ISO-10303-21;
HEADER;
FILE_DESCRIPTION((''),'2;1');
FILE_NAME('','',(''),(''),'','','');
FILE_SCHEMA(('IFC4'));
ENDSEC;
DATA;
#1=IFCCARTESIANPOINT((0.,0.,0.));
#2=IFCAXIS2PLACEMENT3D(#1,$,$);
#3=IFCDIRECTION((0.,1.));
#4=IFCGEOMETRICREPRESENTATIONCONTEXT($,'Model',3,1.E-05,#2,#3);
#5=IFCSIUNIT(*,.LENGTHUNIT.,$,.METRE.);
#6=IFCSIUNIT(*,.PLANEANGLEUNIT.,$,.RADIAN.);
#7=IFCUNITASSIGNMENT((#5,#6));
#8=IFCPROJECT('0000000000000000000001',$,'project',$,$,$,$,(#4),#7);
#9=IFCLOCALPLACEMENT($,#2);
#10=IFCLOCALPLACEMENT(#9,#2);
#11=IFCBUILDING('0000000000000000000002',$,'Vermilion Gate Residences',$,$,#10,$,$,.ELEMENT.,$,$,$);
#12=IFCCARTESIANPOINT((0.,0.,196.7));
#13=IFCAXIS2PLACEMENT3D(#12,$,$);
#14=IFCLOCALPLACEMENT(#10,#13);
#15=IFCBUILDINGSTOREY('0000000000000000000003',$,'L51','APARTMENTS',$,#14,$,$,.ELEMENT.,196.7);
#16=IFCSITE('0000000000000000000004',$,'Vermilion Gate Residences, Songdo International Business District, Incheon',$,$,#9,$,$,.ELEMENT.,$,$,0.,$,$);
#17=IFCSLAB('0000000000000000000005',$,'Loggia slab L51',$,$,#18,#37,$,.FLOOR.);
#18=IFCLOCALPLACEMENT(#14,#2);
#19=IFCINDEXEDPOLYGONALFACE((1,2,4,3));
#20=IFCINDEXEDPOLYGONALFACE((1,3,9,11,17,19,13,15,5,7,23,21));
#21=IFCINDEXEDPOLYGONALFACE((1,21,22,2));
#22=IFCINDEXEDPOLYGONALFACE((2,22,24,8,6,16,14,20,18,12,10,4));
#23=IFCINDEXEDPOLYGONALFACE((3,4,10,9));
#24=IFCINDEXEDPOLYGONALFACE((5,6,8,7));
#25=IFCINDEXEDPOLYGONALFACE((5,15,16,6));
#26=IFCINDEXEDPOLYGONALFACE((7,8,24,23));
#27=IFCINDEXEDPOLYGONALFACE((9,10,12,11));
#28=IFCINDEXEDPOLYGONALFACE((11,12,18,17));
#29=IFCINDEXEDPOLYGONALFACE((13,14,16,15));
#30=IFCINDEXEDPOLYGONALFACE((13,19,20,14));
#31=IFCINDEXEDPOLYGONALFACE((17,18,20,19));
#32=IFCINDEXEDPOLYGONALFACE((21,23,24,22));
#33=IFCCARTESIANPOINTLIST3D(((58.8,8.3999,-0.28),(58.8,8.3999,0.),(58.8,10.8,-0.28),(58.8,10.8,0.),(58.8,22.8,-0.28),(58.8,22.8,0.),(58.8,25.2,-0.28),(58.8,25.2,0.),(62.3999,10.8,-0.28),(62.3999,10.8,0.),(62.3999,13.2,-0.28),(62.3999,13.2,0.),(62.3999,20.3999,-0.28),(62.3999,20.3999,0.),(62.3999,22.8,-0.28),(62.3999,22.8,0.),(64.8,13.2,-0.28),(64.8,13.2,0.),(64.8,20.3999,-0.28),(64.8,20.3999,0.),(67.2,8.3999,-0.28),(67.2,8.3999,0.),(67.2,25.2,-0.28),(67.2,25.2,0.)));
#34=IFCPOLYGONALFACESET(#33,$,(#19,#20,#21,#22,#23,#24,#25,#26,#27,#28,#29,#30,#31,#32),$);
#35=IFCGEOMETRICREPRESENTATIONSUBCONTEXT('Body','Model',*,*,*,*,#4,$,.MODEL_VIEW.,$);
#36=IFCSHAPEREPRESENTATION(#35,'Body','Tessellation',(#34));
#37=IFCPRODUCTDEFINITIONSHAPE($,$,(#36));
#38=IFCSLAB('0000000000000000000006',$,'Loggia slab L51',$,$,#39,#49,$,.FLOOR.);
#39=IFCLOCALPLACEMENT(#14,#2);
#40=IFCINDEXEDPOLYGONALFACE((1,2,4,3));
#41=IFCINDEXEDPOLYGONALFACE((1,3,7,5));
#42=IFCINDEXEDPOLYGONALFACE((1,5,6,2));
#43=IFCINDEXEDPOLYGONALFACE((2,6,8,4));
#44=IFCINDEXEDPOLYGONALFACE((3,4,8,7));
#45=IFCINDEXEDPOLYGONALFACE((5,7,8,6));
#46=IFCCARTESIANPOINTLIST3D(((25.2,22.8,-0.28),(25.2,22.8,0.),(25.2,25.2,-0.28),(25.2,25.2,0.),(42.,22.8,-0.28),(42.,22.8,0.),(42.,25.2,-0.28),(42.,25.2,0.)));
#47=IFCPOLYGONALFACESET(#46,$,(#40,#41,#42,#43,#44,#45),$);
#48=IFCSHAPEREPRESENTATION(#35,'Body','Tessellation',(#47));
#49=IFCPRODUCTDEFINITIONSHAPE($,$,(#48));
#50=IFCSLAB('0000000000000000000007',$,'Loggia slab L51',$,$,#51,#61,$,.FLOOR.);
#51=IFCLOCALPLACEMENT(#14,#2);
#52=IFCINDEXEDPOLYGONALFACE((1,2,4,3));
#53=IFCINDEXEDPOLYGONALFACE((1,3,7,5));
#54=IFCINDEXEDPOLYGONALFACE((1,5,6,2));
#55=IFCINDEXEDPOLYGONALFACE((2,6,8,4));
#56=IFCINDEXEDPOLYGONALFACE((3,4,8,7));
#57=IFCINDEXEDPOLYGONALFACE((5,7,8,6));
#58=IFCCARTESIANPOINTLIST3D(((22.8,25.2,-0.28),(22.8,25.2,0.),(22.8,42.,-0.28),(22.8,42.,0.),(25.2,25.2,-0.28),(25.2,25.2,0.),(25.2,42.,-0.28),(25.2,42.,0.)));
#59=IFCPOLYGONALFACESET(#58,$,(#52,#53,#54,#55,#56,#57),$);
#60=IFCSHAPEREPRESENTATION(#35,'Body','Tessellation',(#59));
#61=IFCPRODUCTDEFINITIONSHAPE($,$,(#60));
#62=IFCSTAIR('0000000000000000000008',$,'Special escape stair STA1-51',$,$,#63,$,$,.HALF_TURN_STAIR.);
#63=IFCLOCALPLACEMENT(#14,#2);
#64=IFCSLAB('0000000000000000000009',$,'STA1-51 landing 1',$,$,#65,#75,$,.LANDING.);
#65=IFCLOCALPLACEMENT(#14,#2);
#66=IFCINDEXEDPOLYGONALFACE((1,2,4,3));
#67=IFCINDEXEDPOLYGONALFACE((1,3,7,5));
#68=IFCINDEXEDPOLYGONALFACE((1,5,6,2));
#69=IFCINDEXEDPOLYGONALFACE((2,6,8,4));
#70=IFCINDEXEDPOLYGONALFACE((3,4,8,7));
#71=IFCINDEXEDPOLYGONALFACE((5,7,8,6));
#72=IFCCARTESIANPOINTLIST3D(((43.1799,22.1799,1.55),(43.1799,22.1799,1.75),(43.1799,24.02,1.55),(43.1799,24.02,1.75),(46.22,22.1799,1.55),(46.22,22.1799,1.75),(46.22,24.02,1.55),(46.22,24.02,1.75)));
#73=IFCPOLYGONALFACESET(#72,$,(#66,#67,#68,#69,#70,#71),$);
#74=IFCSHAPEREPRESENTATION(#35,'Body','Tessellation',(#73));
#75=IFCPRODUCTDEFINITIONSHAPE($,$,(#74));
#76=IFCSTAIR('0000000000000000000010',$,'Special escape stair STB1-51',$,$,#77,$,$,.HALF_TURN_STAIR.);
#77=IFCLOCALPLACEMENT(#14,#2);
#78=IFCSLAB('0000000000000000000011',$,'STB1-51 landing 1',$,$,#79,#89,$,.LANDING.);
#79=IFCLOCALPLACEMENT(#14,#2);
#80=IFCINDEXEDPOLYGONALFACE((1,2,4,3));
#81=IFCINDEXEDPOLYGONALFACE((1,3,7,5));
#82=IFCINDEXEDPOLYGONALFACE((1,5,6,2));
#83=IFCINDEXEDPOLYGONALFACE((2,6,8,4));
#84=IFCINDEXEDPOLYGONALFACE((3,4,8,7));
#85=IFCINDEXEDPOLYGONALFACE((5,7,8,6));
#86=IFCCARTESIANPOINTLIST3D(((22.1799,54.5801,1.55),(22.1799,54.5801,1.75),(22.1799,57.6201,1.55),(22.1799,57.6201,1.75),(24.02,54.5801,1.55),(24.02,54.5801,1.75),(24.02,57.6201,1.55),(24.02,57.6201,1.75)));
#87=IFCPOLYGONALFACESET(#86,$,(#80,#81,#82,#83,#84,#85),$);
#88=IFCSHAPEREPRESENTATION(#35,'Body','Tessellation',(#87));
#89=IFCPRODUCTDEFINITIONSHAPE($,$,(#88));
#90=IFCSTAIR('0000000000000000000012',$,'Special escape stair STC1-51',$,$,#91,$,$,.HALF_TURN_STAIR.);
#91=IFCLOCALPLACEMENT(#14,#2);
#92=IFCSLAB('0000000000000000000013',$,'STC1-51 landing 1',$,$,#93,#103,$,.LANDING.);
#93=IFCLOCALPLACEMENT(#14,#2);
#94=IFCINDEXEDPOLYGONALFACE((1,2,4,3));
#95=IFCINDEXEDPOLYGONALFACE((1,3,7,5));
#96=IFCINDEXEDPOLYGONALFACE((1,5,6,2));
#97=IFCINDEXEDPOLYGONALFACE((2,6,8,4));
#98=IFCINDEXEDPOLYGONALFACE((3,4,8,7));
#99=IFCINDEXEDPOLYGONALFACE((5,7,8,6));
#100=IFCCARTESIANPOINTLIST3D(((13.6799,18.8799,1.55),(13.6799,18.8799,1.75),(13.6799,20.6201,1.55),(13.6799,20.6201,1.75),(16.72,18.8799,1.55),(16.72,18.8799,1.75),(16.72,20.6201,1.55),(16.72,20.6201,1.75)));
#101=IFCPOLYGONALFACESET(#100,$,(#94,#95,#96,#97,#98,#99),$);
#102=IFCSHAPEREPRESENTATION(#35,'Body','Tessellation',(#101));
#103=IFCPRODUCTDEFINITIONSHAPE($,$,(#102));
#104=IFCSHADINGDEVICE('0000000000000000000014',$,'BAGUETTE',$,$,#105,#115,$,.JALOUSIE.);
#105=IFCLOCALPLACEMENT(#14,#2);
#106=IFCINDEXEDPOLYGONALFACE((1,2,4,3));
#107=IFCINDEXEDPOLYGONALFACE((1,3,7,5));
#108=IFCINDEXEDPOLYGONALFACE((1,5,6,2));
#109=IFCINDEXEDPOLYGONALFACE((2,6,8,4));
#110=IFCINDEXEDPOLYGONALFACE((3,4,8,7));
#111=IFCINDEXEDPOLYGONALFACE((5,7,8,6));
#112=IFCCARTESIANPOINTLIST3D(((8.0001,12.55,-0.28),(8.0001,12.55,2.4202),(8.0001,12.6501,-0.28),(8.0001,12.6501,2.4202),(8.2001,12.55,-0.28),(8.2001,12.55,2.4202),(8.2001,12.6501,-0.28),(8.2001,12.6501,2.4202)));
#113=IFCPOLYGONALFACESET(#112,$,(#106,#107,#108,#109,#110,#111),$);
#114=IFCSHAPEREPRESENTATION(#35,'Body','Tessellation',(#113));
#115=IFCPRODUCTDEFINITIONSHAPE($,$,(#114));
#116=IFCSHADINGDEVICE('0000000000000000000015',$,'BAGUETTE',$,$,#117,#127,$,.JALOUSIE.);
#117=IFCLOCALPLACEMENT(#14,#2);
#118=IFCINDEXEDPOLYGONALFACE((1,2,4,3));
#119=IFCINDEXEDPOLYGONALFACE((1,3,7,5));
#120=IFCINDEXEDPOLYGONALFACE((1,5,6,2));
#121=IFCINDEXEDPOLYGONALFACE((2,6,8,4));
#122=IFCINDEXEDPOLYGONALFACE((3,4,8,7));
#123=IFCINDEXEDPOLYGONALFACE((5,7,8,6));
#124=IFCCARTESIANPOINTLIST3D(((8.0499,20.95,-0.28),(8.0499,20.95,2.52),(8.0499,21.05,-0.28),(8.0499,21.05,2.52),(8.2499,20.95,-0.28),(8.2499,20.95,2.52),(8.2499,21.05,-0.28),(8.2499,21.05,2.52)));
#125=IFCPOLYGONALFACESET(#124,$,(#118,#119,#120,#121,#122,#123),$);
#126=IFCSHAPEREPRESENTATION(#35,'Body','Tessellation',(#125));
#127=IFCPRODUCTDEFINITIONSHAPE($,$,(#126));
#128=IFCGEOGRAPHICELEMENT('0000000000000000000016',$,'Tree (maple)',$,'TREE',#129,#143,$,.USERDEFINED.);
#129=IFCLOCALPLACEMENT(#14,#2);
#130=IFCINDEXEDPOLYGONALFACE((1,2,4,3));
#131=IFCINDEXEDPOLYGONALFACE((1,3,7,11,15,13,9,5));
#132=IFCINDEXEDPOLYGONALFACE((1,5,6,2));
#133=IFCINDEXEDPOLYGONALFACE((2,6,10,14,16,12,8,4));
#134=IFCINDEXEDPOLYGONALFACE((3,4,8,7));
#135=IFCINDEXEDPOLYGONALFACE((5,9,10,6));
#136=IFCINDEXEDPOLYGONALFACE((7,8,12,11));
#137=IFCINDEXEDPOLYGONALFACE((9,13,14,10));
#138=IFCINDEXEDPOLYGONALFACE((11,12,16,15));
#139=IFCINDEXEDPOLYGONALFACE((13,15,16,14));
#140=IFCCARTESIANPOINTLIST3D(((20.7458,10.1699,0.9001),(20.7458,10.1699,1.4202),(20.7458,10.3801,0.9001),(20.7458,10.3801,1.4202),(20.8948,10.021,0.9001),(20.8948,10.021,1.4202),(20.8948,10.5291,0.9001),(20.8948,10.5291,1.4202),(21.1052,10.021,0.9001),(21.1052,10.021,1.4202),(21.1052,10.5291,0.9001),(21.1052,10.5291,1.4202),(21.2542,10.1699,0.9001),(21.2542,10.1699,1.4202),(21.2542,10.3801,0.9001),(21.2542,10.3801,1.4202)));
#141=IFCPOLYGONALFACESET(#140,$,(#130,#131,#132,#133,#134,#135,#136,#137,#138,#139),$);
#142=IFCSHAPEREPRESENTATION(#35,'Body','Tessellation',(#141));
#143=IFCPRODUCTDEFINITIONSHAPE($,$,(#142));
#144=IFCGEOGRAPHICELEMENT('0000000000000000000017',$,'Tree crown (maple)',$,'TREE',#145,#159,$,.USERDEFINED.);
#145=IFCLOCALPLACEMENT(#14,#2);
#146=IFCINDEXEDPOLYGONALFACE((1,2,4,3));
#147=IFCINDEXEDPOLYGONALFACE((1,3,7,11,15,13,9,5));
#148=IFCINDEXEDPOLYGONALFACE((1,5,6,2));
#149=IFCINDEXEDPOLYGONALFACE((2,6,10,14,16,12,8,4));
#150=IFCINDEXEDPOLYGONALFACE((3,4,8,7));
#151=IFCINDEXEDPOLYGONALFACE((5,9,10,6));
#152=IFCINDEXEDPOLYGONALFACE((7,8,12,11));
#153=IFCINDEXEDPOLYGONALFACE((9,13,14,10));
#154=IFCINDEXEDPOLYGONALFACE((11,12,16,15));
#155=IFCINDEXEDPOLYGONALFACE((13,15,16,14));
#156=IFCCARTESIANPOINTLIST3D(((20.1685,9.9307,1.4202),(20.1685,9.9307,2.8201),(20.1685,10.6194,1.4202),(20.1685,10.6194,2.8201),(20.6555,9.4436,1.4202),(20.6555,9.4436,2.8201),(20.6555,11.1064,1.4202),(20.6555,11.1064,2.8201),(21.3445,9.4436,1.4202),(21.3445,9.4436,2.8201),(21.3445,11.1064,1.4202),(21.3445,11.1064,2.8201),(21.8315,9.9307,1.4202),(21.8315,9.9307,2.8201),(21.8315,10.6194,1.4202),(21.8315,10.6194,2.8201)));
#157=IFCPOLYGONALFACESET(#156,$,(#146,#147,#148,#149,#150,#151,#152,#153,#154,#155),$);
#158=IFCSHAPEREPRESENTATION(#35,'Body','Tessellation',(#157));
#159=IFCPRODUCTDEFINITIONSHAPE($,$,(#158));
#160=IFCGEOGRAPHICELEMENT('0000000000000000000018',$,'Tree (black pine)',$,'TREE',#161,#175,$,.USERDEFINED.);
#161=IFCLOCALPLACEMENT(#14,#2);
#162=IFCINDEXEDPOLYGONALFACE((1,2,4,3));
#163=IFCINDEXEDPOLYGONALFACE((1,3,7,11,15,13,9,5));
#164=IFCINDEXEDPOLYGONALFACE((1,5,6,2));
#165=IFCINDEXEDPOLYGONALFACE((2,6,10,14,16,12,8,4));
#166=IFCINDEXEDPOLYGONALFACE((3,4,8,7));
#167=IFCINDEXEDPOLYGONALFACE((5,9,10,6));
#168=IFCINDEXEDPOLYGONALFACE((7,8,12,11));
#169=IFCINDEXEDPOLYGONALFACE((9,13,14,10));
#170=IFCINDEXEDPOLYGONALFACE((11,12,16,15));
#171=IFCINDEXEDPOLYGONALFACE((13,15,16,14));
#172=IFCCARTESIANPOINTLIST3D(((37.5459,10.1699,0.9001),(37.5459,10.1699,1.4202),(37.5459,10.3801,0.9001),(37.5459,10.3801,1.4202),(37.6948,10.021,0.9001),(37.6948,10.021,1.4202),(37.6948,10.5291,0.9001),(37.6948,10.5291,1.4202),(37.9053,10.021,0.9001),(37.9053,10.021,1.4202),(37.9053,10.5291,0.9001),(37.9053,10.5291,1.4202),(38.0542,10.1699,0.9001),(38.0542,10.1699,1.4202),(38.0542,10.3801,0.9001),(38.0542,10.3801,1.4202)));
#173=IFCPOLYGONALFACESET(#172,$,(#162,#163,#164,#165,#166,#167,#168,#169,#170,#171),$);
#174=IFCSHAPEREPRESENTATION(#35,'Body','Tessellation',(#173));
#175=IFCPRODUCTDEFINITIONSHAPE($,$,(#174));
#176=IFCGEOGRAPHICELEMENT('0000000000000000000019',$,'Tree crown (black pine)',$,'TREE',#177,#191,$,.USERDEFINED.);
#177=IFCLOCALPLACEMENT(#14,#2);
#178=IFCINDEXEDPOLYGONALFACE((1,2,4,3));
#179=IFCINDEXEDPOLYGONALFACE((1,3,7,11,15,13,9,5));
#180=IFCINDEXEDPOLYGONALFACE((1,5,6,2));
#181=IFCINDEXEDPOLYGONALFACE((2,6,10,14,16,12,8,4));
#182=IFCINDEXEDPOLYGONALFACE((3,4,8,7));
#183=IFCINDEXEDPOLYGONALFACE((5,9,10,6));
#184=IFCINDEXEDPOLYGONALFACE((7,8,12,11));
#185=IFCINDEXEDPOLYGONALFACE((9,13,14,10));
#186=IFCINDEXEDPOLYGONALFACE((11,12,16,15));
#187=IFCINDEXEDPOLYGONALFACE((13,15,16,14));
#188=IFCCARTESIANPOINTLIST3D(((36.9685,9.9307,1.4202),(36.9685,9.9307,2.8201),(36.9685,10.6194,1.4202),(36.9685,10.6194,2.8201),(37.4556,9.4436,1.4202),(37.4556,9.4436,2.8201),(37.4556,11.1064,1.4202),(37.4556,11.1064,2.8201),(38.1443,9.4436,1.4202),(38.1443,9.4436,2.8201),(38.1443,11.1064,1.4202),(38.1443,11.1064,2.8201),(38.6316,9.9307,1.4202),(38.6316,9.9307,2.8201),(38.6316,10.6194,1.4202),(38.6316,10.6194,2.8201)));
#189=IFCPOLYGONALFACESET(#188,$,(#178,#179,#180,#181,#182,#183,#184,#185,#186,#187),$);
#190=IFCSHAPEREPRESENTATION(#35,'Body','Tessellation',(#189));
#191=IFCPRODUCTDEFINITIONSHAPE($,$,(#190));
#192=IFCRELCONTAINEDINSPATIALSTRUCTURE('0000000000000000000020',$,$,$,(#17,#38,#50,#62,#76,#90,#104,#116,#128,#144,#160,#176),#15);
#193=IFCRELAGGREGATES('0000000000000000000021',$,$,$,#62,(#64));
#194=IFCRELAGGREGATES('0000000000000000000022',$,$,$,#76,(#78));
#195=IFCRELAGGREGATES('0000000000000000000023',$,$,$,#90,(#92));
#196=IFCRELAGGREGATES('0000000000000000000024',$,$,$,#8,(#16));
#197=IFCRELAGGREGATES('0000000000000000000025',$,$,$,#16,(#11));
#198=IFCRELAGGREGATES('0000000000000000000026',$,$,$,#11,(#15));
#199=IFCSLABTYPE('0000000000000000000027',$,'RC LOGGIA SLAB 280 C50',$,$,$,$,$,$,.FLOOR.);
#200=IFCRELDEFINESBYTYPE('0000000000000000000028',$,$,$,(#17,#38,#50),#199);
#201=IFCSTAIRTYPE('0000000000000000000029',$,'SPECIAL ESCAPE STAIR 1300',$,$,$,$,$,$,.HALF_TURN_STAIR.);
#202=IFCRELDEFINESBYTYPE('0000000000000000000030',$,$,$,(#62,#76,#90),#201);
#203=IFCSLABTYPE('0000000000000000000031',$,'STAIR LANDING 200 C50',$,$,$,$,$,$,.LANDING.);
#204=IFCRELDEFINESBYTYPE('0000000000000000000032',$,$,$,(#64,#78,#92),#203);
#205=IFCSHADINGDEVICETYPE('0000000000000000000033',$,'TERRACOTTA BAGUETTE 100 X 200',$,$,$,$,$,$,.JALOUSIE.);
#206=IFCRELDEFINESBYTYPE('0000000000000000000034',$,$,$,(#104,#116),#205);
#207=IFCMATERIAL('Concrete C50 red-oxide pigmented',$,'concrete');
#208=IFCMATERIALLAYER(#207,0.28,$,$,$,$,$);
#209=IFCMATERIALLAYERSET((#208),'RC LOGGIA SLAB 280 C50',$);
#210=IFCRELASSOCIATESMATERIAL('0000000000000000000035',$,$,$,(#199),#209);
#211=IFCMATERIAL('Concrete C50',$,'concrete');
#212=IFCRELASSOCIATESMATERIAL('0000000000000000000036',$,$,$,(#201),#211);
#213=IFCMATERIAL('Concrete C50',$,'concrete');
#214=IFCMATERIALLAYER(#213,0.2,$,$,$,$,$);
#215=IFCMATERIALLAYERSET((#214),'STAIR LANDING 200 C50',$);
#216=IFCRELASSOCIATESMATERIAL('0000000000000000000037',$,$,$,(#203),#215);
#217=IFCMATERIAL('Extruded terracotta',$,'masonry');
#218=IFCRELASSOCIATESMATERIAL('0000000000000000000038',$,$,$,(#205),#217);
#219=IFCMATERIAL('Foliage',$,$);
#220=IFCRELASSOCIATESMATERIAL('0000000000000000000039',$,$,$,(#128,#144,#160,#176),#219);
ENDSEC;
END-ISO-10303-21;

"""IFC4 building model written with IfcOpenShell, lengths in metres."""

from ifc_helpers import new_model, si_unit, direction, frame, origin, origin_2d, place, context, subcontext, project, spatial, polyline, rectangle, outline, extrude, material, layer, layer_set, material_profile, profile_set, type_object, element, aggregate, save


model = new_model("IFC4")

# Units and contexts
model_context = context("Model", 3, precision=1e-05, world=origin(), true_north=direction((0.0, 1.0)))
body_context = subcontext(model_context, "Body", "Model", "MODEL_VIEW")
ifc_project = project(units=[si_unit("LENGTHUNIT", "METRE"), si_unit("PLANEANGLEUNIT", "RADIAN")], contexts=[model_context])

# Site, building, storey
site_placement = place(None, origin())
site = spatial("IfcSite", under=ifc_project, at=site_placement, Name="Vermilion Gate Residences, Songdo International Business District, Incheon", CompositionType="ELEMENT", RefElevation=0.0)
building_placement = place(site_placement, origin())
building = spatial("IfcBuilding", under=site, at=building_placement, Name="Vermilion Gate Residences", CompositionType="ELEMENT")
storey_placement = place(building_placement, frame((0.0, 0.0, 196.7)))
storey = spatial("IfcBuildingStorey", under=building, at=storey_placement, Name="L51", Description="APARTMENTS", CompositionType="ELEMENT", Elevation=196.7)

# Slabs
ifc_material_1 = material(Name="Concrete C50 red-oxide pigmented", Category="concrete")
ifc_layer_1 = layer(ifc_material_1, 0.28)
ifc_layer_set_1 = layer_set([ifc_layer_1], Name="RC LOGGIA SLAB 280 C50")
slab_type_1 = type_object("IfcSlabType", Name="RC LOGGIA SLAB 280 C50", PredefinedType="FLOOR", material=ifc_layer_set_1)
slab_1_placement = place(storey_placement, frame((0.0, 0.0, -0.28)))
element("IfcSlab", 1, at=slab_1_placement, inside=storey, type_object=slab_type_1, Name="Loggia slab L51", PredefinedType="FLOOR", context=body_context, shape_type="SweptSolid", body=[
    extrude(outline(polyline([(64.8, 13.2), (62.3999, 13.2), (62.3999, 10.8), (58.8, 10.8), (58.8, 8.3999), (67.2, 8.3999), (67.2, 25.2), (58.8, 25.2), (58.8, 22.8), (62.3999, 22.8), (62.3999, 20.3999), (64.8, 20.3999), (64.8, 13.2)])), origin(), (0.0, 0.0, 1.0), 0.28),
])
slab_2_placement = place(storey_placement, frame((0.0, 0.0, -0.28)))
element("IfcSlab", 2, at=slab_2_placement, inside=storey, type_object=slab_type_1, Name="Loggia slab L51", PredefinedType="FLOOR", context=body_context, shape_type="SweptSolid", body=[
    extrude(outline(polyline([(42.0, 25.2), (25.2, 25.2), (25.2, 22.8), (42.0, 22.8), (42.0, 25.2)])), origin(), (0.0, 0.0, 1.0), 0.28),
])
slab_3_placement = place(storey_placement, frame((0.0, 0.0, -0.28)))
element("IfcSlab", 3, at=slab_3_placement, inside=storey, type_object=slab_type_1, Name="Loggia slab L51", PredefinedType="FLOOR", context=body_context, shape_type="SweptSolid", body=[
    extrude(outline(polyline([(22.8, 42.0), (22.8, 25.2), (25.2, 25.2), (25.2, 42.0), (22.8, 42.0)])), origin(), (0.0, 0.0, 1.0), 0.28),
])

# Stairs, slabs
ifc_material_2 = material(Name="Concrete C50", Category="concrete")
stair_type = type_object("IfcStairType", Name="SPECIAL ESCAPE STAIR 1300", PredefinedType="HALF_TURN_STAIR", material=ifc_material_2)
stair_1_placement = place(storey_placement, origin())
stair_1 = element("IfcStair", 4, at=stair_1_placement, inside=storey, type_object=stair_type, Name="Special escape stair STA1-51", PredefinedType="HALF_TURN_STAIR")
ifc_material_3 = material(Name="Concrete C50", Category="concrete")
ifc_layer_2 = layer(ifc_material_3, 0.2)
ifc_layer_set_2 = layer_set([ifc_layer_2], Name="STAIR LANDING 200 C50")
slab_type_2 = type_object("IfcSlabType", Name="STAIR LANDING 200 C50", PredefinedType="LANDING", material=ifc_layer_set_2)
slab_4_placement = place(storey_placement, frame((0.0, 0.0, 1.55)))
slab_4 = element("IfcSlab", 5, at=slab_4_placement, type_object=slab_type_2, Name="STA1-51 landing 1", PredefinedType="LANDING", context=body_context, shape_type="SweptSolid", body=[
    extrude(outline(polyline([(46.22, 22.1799), (46.22, 24.02), (43.1799, 24.02), (43.1799, 22.1799), (46.22, 22.1799)])), origin(), (0.0, 0.0, 1.0), 0.2),
])
aggregate(stair_1, [slab_4])
stair_2_placement = place(storey_placement, origin())
stair_2 = element("IfcStair", 6, at=stair_2_placement, inside=storey, type_object=stair_type, Name="Special escape stair STB1-51", PredefinedType="HALF_TURN_STAIR")
slab_5_placement = place(storey_placement, frame((0.0, 0.0, 1.55)))
slab_5 = element("IfcSlab", 7, at=slab_5_placement, type_object=slab_type_2, Name="STB1-51 landing 1", PredefinedType="LANDING", context=body_context, shape_type="SweptSolid", body=[
    extrude(outline(polyline([(24.02, 54.5801), (24.02, 57.6201), (22.1799, 57.6201), (22.1799, 54.5801), (24.02, 54.5801)])), origin(), (0.0, 0.0, 1.0), 0.2),
])
aggregate(stair_2, [slab_5])
stair_3_placement = place(storey_placement, origin())
stair_3 = element("IfcStair", 8, at=stair_3_placement, inside=storey, type_object=stair_type, Name="Special escape stair STC1-51", PredefinedType="HALF_TURN_STAIR")
slab_6_placement = place(storey_placement, frame((0.0, 0.0, 1.55)))
slab_6 = element("IfcSlab", 9, at=slab_6_placement, type_object=slab_type_2, Name="STC1-51 landing 1", PredefinedType="LANDING", context=body_context, shape_type="SweptSolid", body=[
    extrude(outline(polyline([(16.72, 18.8799), (16.72, 20.6201), (13.6799, 20.6201), (13.6799, 18.8799), (16.72, 18.8799)])), origin(), (0.0, 0.0, 1.0), 0.2),
])
aggregate(stair_3, [slab_6])

# Shading devices
ifc_material_4 = material(Name="Extruded terracotta", Category="masonry")
ifc_material_profile_1 = material_profile(ifc_material_4, rectangle(XDim=0.2, YDim=0.1001, at=origin_2d()), Name="BAGUETTE 100 X 200")
ifc_profile_set_1 = profile_set([ifc_material_profile_1], Name="Extruded terracotta")
shading_device_type = type_object("IfcShadingDeviceType", Name="TERRACOTTA BAGUETTE 100 X 200", PredefinedType="JALOUSIE", material=ifc_profile_set_1)
shading_device_1_placement = place(storey_placement, frame((8.1001, 12.6001, -0.28), z_axis=(0.0, 0.0, 1.0), x_axis=(1.0, 0.0, 0.0)))
element("IfcShadingDevice", 10, at=shading_device_1_placement, inside=storey, type_object=shading_device_type, Name="BAGUETTE", PredefinedType="JALOUSIE", context=body_context, shape_type="SweptSolid", body=[
    extrude(rectangle(XDim=0.2, YDim=0.1001, at=origin_2d()), origin(), (0.0, 0.0, 1.0), 2.7002),
])
shading_device_2_placement = place(storey_placement, frame((8.1499, 21.0, -0.28), z_axis=(0.0, 0.0, 1.0), x_axis=(1.0, 0.0, 0.0)))
element("IfcShadingDevice", 11, at=shading_device_2_placement, inside=storey, type_object=shading_device_type, Name="BAGUETTE", PredefinedType="JALOUSIE", context=body_context, shape_type="SweptSolid", body=[
    extrude(rectangle(XDim=0.2, YDim=0.1001, at=origin_2d()), origin(), (0.0, 0.0, 1.0), 2.8),
])

# Geographic elements
ifc_material_5 = material(Name="Foliage")
geographic_element_1_placement = place(storey_placement, frame((0.0, 0.0, 0.9001)))
element("IfcGeographicElement", 12, at=geographic_element_1_placement, inside=storey, material=ifc_material_5, Name="Tree (maple)", ObjectType="TREE", PredefinedType="USERDEFINED", context=body_context, shape_type="SweptSolid", body=[
    extrude(outline(polyline([(21.2542, 10.3801), (21.1052, 10.5291), (20.8948, 10.5291), (20.7458, 10.3801), (20.7458, 10.1699), (20.8948, 10.021), (21.1052, 10.021), (21.2542, 10.1699), (21.2542, 10.3801)])), origin(), (0.0, 0.0, 1.0), 0.52),
])
geographic_element_2_placement = place(storey_placement, frame((0.0, 0.0, 1.4202)))
element("IfcGeographicElement", 13, at=geographic_element_2_placement, inside=storey, material=ifc_material_5, Name="Tree crown (maple)", ObjectType="TREE", PredefinedType="USERDEFINED", context=body_context, shape_type="SweptSolid", body=[
    extrude(outline(polyline([(21.8315, 10.6194), (21.3445, 11.1064), (20.6555, 11.1064), (20.1685, 10.6194), (20.1685, 9.9307), (20.6555, 9.4436), (21.3445, 9.4436), (21.8315, 9.9307), (21.8315, 10.6194)])), origin(), (0.0, 0.0, 1.0), 1.3999),
])
geographic_element_3_placement = place(storey_placement, frame((0.0, 0.0, 0.9001)))
element("IfcGeographicElement", 14, at=geographic_element_3_placement, inside=storey, material=ifc_material_5, Name="Tree (black pine)", ObjectType="TREE", PredefinedType="USERDEFINED", context=body_context, shape_type="SweptSolid", body=[
    extrude(outline(polyline([(38.0542, 10.3801), (37.9053, 10.5291), (37.6948, 10.5291), (37.5459, 10.3801), (37.5459, 10.1699), (37.6948, 10.021), (37.9053, 10.021), (38.0542, 10.1699), (38.0542, 10.3801)])), origin(), (0.0, 0.0, 1.0), 0.52),
])
geographic_element_4_placement = place(storey_placement, frame((0.0, 0.0, 1.4202)))
element("IfcGeographicElement", 15, at=geographic_element_4_placement, inside=storey, material=ifc_material_5, Name="Tree crown (black pine)", ObjectType="TREE", PredefinedType="USERDEFINED", context=body_context, shape_type="SweptSolid", body=[
    extrude(outline(polyline([(38.6316, 10.6194), (38.1443, 11.1064), (37.4556, 11.1064), (36.9685, 10.6194), (36.9685, 9.9307), (37.4556, 9.4436), (38.1443, 9.4436), (38.6316, 9.9307), (38.6316, 10.6194)])), origin(), (0.0, 0.0, 1.0), 1.3999),
])

save(model, "model.ifc")
